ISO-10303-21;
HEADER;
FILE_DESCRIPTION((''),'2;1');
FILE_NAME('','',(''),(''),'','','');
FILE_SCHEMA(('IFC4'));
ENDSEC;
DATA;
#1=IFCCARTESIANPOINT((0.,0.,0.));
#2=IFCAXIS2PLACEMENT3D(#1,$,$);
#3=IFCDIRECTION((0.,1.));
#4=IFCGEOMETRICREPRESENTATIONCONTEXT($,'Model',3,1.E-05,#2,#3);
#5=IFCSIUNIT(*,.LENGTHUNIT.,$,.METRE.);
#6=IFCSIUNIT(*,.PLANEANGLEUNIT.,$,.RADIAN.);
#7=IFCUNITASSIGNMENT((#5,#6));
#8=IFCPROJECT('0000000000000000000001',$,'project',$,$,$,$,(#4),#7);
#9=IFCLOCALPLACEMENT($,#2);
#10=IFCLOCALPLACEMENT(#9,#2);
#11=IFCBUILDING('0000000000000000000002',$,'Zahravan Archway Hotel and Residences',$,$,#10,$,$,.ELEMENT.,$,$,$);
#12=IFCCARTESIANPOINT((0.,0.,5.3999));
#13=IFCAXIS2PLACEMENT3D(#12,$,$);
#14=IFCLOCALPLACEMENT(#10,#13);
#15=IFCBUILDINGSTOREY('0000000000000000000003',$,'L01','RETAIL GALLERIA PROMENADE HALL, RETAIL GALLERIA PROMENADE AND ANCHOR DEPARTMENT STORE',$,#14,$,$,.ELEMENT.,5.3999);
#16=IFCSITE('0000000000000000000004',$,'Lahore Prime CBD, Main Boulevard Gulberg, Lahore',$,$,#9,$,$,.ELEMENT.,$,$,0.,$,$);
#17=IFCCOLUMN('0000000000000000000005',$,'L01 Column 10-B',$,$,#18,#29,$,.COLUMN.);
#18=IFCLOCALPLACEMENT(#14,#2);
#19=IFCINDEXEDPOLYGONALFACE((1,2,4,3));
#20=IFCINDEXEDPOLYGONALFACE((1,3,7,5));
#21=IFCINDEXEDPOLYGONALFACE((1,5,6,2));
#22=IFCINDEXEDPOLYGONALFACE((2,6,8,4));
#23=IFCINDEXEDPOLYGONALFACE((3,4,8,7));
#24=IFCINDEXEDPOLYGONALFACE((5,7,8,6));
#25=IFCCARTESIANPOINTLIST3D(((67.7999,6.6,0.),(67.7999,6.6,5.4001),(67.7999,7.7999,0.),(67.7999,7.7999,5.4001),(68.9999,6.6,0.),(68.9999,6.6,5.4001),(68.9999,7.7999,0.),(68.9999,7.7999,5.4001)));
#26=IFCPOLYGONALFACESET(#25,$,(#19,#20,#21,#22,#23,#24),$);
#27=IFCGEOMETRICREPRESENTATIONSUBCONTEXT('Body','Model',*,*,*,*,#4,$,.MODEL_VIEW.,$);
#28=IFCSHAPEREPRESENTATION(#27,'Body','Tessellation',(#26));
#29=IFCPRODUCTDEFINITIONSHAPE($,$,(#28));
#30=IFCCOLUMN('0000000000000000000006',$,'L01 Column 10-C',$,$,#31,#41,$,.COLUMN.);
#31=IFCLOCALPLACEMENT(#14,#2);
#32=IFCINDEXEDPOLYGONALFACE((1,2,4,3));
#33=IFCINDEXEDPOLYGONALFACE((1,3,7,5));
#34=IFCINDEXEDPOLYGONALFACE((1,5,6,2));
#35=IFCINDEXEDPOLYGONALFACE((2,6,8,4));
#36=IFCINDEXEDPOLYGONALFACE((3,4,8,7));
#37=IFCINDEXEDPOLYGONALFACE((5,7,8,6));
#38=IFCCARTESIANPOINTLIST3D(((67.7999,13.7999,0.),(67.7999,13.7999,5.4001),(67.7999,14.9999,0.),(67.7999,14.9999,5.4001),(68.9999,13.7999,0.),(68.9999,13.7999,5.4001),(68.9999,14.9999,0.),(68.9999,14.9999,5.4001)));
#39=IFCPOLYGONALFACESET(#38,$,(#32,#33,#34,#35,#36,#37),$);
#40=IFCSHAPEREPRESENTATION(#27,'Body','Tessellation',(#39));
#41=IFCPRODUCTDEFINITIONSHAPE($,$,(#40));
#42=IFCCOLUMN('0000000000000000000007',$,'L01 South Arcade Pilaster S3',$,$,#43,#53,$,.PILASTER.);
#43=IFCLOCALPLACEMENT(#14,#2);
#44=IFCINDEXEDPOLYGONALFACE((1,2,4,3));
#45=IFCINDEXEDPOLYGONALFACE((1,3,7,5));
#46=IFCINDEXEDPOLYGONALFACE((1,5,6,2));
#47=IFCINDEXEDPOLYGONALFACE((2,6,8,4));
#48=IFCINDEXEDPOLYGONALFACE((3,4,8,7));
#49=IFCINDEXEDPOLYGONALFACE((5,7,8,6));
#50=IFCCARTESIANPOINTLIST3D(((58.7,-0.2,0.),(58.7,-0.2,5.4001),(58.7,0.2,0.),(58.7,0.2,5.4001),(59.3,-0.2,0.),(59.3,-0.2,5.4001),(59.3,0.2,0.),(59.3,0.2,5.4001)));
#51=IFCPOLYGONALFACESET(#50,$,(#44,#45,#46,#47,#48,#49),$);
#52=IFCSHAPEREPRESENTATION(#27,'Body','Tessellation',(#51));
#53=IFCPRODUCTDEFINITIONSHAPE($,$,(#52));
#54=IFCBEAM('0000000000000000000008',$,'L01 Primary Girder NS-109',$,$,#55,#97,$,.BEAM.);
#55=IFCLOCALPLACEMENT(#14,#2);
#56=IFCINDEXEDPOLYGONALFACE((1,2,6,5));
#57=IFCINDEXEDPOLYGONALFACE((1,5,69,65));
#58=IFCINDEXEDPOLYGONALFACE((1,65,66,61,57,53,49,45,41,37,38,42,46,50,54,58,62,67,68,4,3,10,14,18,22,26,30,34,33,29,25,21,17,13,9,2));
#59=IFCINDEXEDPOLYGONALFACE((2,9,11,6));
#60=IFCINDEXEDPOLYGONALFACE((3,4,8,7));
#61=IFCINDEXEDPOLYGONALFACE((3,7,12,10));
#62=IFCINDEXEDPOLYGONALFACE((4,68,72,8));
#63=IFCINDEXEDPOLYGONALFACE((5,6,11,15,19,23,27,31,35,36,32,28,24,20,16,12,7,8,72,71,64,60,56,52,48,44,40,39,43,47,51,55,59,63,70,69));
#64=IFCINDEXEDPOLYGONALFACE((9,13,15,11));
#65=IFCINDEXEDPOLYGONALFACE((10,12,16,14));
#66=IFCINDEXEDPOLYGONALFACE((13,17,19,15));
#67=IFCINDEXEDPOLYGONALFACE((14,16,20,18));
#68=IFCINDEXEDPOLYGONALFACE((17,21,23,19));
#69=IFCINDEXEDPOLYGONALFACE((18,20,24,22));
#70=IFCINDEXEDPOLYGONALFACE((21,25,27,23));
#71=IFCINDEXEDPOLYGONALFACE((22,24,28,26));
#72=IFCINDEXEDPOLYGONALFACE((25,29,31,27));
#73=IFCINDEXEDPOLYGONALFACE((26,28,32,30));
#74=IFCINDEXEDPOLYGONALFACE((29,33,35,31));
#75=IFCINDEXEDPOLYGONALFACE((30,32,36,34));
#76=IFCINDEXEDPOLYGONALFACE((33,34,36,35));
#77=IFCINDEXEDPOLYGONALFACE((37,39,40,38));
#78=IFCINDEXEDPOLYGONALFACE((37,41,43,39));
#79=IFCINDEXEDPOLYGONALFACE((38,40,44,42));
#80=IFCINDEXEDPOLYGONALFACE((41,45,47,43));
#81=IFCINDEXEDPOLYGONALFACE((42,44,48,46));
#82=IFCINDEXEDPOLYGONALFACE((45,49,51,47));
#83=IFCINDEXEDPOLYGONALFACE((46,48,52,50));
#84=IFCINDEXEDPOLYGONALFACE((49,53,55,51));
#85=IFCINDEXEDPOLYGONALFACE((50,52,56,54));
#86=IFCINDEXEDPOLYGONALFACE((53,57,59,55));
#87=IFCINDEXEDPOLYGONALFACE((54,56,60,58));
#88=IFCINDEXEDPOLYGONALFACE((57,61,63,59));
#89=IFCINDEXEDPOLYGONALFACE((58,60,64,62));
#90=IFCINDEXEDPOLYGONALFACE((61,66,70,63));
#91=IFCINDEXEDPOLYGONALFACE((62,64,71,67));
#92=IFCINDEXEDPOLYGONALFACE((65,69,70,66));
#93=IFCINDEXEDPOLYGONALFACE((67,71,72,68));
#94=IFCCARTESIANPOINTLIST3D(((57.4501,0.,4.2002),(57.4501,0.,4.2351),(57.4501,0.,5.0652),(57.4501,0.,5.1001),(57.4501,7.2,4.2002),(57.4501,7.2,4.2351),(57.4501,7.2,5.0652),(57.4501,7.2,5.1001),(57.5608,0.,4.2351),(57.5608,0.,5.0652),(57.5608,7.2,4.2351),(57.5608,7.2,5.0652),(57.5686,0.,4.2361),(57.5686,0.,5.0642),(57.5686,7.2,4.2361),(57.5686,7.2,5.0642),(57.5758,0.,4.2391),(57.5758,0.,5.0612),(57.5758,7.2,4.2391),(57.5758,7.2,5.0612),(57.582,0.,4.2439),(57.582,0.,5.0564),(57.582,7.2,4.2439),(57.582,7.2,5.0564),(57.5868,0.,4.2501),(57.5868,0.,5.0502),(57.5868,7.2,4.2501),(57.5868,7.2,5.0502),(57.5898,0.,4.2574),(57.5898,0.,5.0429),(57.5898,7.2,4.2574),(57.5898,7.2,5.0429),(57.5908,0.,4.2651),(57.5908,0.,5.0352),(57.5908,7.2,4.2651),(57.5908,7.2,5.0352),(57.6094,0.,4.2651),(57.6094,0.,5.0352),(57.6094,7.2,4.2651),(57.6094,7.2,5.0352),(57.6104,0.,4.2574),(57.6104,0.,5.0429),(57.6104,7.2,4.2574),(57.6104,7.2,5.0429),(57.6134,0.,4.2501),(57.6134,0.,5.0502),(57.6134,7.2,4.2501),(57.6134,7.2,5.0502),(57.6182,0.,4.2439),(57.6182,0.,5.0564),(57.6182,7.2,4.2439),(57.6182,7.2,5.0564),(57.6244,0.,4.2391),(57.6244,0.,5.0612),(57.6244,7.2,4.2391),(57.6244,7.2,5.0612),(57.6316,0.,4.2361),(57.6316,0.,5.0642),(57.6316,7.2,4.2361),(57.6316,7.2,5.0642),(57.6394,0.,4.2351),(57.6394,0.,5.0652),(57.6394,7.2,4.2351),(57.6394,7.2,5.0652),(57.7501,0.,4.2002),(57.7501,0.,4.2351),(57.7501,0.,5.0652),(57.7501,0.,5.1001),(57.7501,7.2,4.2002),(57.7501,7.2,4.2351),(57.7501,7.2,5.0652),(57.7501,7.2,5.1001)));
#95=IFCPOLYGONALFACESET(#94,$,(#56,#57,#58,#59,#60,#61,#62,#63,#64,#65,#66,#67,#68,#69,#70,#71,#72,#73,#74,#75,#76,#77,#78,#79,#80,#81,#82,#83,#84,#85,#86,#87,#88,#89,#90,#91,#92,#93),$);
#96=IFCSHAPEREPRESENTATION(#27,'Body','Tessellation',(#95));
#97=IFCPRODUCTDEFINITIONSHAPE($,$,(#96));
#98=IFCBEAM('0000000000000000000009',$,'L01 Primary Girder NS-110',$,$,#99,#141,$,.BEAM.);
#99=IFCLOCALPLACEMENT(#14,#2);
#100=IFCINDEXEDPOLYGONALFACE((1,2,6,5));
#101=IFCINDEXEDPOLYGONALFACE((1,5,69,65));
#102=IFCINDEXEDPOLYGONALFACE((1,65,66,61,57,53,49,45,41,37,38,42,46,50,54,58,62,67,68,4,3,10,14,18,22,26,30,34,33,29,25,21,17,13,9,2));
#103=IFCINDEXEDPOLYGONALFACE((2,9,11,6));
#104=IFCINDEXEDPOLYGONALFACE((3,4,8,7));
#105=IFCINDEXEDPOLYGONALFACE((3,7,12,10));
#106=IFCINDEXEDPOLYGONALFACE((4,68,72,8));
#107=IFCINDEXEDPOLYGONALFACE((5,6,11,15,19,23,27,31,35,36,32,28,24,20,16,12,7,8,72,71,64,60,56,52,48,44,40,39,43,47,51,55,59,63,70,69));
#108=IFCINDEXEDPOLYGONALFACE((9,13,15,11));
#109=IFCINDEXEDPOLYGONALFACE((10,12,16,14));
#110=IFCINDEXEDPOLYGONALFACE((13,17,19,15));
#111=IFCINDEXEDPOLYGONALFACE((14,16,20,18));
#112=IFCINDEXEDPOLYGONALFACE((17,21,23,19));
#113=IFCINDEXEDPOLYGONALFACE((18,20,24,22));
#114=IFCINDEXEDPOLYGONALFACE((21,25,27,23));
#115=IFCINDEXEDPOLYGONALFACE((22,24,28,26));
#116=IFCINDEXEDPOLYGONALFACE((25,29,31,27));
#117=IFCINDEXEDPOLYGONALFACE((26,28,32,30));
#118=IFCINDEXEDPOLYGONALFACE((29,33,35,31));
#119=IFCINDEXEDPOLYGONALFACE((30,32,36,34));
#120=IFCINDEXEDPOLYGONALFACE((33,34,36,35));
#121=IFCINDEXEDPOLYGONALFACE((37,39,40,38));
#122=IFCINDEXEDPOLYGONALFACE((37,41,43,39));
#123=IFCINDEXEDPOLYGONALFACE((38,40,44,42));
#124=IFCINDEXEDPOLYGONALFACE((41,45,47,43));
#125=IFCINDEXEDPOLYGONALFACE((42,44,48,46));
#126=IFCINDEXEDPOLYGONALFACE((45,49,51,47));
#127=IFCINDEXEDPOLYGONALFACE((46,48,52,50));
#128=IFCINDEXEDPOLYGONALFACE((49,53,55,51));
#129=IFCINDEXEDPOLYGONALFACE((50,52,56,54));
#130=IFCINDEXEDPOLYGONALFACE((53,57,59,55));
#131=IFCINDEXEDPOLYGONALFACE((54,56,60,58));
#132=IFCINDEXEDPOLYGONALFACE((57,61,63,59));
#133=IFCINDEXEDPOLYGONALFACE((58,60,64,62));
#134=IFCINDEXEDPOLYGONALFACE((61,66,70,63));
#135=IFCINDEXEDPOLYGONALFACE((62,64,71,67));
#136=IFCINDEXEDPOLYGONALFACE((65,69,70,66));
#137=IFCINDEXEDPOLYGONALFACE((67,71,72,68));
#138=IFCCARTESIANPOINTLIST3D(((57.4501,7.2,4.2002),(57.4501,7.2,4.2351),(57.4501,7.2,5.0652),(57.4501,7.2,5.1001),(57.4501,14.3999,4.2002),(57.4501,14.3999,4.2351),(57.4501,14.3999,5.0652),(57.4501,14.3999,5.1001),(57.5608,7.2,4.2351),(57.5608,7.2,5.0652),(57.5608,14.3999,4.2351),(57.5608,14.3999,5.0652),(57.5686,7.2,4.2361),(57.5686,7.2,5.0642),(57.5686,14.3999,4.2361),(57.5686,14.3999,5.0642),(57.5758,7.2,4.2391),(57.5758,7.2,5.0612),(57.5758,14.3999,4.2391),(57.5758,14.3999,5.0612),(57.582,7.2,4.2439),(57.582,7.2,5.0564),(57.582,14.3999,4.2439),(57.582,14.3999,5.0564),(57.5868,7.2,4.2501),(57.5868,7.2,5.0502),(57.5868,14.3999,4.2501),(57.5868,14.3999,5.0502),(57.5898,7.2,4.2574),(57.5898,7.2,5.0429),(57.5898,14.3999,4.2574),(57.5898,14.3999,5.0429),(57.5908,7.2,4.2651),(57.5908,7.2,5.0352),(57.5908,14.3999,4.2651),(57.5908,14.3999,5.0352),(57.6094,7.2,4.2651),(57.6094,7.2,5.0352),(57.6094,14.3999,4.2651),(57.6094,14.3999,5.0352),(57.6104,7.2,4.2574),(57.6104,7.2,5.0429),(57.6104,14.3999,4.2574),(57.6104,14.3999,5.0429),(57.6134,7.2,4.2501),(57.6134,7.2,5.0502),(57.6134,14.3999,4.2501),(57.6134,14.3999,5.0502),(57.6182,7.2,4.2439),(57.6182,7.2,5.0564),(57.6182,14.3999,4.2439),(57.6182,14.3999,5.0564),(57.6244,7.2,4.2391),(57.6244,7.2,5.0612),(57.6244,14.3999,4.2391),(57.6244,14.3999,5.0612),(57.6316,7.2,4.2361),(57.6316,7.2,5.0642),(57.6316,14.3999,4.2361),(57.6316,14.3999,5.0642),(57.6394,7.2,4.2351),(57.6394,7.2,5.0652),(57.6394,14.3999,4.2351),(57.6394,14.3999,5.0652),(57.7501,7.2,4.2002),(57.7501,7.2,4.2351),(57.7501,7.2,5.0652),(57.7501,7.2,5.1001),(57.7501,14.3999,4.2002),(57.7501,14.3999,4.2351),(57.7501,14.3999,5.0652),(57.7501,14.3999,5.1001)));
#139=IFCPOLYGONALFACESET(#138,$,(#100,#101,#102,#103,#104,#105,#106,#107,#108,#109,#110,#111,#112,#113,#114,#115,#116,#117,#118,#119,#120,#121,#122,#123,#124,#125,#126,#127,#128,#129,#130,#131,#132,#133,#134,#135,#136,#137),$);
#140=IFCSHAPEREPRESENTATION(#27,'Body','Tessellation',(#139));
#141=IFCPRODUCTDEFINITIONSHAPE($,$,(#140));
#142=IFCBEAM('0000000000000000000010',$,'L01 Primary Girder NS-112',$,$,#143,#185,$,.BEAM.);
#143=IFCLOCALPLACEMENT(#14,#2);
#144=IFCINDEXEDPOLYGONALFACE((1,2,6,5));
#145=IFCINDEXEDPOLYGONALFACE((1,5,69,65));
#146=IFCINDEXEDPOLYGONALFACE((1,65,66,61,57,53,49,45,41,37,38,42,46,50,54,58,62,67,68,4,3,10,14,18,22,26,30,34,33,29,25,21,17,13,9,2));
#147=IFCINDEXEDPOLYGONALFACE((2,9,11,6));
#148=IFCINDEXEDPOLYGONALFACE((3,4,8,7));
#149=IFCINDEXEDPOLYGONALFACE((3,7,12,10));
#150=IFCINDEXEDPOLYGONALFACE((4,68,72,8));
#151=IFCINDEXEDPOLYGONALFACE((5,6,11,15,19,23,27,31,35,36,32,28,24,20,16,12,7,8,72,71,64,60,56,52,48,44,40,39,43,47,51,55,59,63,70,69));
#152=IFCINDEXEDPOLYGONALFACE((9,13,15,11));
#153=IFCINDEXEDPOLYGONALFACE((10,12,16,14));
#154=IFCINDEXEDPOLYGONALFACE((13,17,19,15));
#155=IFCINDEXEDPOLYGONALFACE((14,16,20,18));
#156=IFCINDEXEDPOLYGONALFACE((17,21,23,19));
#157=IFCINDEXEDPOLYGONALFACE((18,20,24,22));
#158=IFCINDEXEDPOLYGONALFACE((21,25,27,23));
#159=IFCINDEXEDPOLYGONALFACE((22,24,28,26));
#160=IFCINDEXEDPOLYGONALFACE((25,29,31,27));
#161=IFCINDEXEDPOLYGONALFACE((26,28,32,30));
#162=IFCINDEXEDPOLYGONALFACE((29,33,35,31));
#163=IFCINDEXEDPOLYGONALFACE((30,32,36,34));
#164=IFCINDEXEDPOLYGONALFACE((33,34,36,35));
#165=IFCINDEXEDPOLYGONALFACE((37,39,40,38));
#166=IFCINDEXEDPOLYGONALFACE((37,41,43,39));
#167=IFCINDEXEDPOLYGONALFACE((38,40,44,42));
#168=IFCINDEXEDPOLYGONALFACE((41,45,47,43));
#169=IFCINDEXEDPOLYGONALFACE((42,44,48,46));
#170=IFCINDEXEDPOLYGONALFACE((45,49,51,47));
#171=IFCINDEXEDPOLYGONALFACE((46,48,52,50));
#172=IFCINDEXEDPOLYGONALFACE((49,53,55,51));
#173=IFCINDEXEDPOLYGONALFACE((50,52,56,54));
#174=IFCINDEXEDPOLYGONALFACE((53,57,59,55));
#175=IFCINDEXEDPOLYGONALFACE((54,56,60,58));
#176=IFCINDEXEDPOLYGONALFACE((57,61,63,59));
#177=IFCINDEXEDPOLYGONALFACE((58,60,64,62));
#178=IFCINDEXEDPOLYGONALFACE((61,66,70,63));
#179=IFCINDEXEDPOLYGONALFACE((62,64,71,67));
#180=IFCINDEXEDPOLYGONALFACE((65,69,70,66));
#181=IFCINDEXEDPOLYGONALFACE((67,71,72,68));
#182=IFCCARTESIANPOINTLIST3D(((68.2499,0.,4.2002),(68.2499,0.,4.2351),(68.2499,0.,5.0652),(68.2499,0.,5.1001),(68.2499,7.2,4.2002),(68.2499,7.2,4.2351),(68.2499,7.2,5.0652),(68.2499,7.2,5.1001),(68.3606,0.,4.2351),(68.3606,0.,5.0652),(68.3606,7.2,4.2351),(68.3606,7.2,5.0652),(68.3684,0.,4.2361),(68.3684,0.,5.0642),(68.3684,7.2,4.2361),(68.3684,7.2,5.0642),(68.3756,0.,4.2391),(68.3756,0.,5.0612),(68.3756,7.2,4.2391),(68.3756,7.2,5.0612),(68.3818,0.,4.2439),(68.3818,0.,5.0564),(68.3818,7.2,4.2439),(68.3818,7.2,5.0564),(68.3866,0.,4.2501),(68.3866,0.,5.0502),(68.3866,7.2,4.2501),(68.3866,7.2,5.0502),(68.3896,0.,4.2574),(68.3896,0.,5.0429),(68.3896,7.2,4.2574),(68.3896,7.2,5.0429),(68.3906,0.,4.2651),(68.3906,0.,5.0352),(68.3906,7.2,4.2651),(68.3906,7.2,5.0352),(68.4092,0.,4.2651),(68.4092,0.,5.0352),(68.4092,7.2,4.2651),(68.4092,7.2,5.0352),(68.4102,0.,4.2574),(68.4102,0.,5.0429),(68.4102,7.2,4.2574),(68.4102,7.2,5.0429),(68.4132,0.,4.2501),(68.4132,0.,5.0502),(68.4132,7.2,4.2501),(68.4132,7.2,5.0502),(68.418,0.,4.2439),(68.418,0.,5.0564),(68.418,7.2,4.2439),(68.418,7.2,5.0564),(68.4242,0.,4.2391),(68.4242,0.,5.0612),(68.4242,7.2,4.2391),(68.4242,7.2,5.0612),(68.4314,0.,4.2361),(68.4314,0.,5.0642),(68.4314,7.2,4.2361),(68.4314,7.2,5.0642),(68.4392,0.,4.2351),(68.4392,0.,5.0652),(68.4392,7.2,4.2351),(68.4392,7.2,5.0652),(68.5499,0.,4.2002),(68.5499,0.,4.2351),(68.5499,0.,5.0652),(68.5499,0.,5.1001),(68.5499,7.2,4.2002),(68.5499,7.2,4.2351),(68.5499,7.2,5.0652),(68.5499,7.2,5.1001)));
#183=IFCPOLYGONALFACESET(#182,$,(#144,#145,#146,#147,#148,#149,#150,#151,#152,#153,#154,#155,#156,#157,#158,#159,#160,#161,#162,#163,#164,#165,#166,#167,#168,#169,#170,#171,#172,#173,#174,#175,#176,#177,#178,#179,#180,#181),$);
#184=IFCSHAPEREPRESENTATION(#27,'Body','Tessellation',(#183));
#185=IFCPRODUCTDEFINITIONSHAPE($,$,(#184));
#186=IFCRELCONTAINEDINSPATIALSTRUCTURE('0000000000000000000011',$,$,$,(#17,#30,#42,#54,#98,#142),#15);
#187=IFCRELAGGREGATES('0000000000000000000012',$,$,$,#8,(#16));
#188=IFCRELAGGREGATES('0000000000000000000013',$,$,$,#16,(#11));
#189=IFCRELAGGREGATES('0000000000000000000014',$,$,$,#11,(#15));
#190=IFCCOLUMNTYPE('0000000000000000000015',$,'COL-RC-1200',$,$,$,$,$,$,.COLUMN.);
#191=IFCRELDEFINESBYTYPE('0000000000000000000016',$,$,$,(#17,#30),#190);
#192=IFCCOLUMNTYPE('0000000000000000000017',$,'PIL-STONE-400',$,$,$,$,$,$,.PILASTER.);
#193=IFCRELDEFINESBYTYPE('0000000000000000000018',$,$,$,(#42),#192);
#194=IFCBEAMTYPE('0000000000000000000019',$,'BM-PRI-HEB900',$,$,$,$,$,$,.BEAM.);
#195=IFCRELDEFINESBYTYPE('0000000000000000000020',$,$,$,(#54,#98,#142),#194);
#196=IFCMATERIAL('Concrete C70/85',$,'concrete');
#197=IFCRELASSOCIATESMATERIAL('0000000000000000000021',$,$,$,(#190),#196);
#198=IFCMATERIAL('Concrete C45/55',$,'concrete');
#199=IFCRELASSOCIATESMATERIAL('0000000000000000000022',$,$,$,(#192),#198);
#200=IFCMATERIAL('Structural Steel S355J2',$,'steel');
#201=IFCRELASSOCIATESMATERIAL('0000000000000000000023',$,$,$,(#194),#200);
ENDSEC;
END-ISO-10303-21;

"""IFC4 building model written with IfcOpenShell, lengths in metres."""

from ifc_helpers import new_model, si_unit, direction, frame, origin, origin_2d, place, context, subcontext, project, spatial, rectangle, i_section, extrude, source, transform, mapped, material, material_profile, profile_set, type_object, type_shapes, element, save


model = new_model("IFC4")

# Units and contexts
model_context = context("Model", 3, precision=1e-05, world=origin(), true_north=direction((0.0, 1.0)))
body_context = subcontext(model_context, "Body", "Model", "MODEL_VIEW")
ifc_project = project(units=[si_unit("LENGTHUNIT", "METRE"), si_unit("PLANEANGLEUNIT", "RADIAN")], contexts=[model_context])

# Site, building, storey
site_placement = place(None, origin())
site = spatial("IfcSite", under=ifc_project, at=site_placement, Name="Lahore Prime CBD, Main Boulevard Gulberg, Lahore", CompositionType="ELEMENT", RefElevation=0.0)
building_placement = place(site_placement, origin())
building = spatial("IfcBuilding", under=site, at=building_placement, Name="Zahravan Archway Hotel and Residences", CompositionType="ELEMENT")
storey_placement = place(building_placement, frame((0.0, 0.0, 5.3999)))
storey = spatial("IfcBuildingStorey", under=building, at=storey_placement, Name="L01", Description="RETAIL GALLERIA PROMENADE HALL, RETAIL GALLERIA PROMENADE AND ANCHOR DEPARTMENT STORE", CompositionType="ELEMENT", Elevation=5.3999)

# Columns
ifc_material_1 = material(Name="Concrete C70/85", Category="concrete")
ifc_material_profile_1 = material_profile(ifc_material_1, rectangle(XDim=1.2, YDim=1.2, at=origin_2d()), Name="RC-COL-1200x1200", Category="concrete")
ifc_profile_set_1 = profile_set([ifc_material_profile_1], Name="Concrete C70/85")
column_type_1 = type_object("IfcColumnType", Name="COL-RC-1200", PredefinedType="COLUMN", material=ifc_profile_set_1)
shared_shape_1 = source(origin(), body_context, "Body", "SweptSolid", [
    extrude(rectangle(XDim=1.2, YDim=1.2, at=origin_2d()), origin(), (0.0, 0.0, 1.0), 5.4001),
])
for number, where, z_axis, x_axis, name in (
    (1, (68.3999, 7.2, 0.0), (0.0, 0.0, 1.0), (1.0, 0.0, 0.0), "L01 Column 10-B"),
    (2, (68.3999, 14.3999, 0.0), (0.0, 0.0, 1.0), (1.0, 0.0, 0.0), "L01 Column 10-C"),
):
    element("IfcColumn", number, at=place(storey_placement, frame(where, z_axis=z_axis, x_axis=x_axis)), inside=storey, type_object=column_type_1, Name=name, PredefinedType="COLUMN", context=body_context, shape_type="MappedRepresentation", body=[
        mapped(shared_shape_1, transform((0.0, 0.0, 0.0), scale=1.0)),
    ])
ifc_material_2 = material(Name="Concrete C45/55", Category="concrete")
ifc_material_profile_2 = material_profile(ifc_material_2, rectangle(XDim=0.6001, YDim=0.3999, at=origin_2d()), Name="RC-PIL-600x400", Category="concrete")
ifc_profile_set_2 = profile_set([ifc_material_profile_2], Name="Concrete C45/55")
column_type_2 = type_object("IfcColumnType", Name="PIL-STONE-400", PredefinedType="PILASTER", material=ifc_profile_set_2)
shared_shape_2 = source(origin(), body_context, "Body", "SweptSolid", [
    extrude(rectangle(XDim=0.6001, YDim=0.3999, at=origin_2d()), origin(), (0.0, 0.0, 1.0), 5.4001),
])
type_shapes(column_type_2, [shared_shape_2])
column_placement = place(storey_placement, frame((59.0, 0.0, 0.0), z_axis=(0.0, 0.0, 1.0), x_axis=(1.0, 0.0, 0.0)))
element("IfcColumn", 3, at=column_placement, inside=storey, type_object=column_type_2, Name="L01 South Arcade Pilaster S3", PredefinedType="PILASTER", context=body_context, shape_type="MappedRepresentation", body=[
    mapped(shared_shape_2, transform((0.0, 0.0, 0.0), scale=1.0)),
])

# Beams
ifc_material_3 = material(Name="Structural Steel S355J2", Category="steel")
ifc_material_profile_3 = material_profile(ifc_material_3, i_section(OverallWidth=0.3, OverallDepth=0.8999, WebThickness=0.0186, FlangeThickness=0.0349, FilletRadius=0.03, at=origin_2d()), Name="HEB 900", Category="steel")
ifc_profile_set_3 = profile_set([ifc_material_profile_3], Name="Structural Steel S355J2")
beam_type_1 = type_object("IfcBeamType", Name="BM-PRI-HEB900", PredefinedType="BEAM", material=ifc_profile_set_3)
shared_shape_3 = source(origin(), body_context, "Body", "SweptSolid", [
    extrude(i_section(OverallWidth=0.3, OverallDepth=0.8999, WebThickness=0.0186, FlangeThickness=0.0349, FilletRadius=0.03, at=origin_2d()), origin(), (0.0, 0.0, 1.0), 7.2),
])
for number, where, z_axis, x_axis, name in (
    (4, (57.6001, 0.0, 4.6501), (0.0, 1.0, 0.0), (-1.0, 0.0, 0.0), "L01 Primary Girder NS-109"),
    (5, (57.6001, 7.2, 4.6501), (0.0, 1.0, 0.0), (-1.0, 0.0, 0.0), "L01 Primary Girder NS-110"),
    (6, (68.3999, 0.0, 4.6501), (0.0, 1.0, 0.0), (-1.0, 0.0, 0.0), "L01 Primary Girder NS-112"),
):
    element("IfcBeam", number, at=place(storey_placement, frame(where, z_axis=z_axis, x_axis=x_axis)), inside=storey, type_object=beam_type_1, Name=name, PredefinedType="BEAM", context=body_context, shape_type="MappedRepresentation", body=[
        mapped(shared_shape_3, transform((0.0, 0.0, 0.0), scale=1.0)),
    ])

save(model, "model.ifc")
